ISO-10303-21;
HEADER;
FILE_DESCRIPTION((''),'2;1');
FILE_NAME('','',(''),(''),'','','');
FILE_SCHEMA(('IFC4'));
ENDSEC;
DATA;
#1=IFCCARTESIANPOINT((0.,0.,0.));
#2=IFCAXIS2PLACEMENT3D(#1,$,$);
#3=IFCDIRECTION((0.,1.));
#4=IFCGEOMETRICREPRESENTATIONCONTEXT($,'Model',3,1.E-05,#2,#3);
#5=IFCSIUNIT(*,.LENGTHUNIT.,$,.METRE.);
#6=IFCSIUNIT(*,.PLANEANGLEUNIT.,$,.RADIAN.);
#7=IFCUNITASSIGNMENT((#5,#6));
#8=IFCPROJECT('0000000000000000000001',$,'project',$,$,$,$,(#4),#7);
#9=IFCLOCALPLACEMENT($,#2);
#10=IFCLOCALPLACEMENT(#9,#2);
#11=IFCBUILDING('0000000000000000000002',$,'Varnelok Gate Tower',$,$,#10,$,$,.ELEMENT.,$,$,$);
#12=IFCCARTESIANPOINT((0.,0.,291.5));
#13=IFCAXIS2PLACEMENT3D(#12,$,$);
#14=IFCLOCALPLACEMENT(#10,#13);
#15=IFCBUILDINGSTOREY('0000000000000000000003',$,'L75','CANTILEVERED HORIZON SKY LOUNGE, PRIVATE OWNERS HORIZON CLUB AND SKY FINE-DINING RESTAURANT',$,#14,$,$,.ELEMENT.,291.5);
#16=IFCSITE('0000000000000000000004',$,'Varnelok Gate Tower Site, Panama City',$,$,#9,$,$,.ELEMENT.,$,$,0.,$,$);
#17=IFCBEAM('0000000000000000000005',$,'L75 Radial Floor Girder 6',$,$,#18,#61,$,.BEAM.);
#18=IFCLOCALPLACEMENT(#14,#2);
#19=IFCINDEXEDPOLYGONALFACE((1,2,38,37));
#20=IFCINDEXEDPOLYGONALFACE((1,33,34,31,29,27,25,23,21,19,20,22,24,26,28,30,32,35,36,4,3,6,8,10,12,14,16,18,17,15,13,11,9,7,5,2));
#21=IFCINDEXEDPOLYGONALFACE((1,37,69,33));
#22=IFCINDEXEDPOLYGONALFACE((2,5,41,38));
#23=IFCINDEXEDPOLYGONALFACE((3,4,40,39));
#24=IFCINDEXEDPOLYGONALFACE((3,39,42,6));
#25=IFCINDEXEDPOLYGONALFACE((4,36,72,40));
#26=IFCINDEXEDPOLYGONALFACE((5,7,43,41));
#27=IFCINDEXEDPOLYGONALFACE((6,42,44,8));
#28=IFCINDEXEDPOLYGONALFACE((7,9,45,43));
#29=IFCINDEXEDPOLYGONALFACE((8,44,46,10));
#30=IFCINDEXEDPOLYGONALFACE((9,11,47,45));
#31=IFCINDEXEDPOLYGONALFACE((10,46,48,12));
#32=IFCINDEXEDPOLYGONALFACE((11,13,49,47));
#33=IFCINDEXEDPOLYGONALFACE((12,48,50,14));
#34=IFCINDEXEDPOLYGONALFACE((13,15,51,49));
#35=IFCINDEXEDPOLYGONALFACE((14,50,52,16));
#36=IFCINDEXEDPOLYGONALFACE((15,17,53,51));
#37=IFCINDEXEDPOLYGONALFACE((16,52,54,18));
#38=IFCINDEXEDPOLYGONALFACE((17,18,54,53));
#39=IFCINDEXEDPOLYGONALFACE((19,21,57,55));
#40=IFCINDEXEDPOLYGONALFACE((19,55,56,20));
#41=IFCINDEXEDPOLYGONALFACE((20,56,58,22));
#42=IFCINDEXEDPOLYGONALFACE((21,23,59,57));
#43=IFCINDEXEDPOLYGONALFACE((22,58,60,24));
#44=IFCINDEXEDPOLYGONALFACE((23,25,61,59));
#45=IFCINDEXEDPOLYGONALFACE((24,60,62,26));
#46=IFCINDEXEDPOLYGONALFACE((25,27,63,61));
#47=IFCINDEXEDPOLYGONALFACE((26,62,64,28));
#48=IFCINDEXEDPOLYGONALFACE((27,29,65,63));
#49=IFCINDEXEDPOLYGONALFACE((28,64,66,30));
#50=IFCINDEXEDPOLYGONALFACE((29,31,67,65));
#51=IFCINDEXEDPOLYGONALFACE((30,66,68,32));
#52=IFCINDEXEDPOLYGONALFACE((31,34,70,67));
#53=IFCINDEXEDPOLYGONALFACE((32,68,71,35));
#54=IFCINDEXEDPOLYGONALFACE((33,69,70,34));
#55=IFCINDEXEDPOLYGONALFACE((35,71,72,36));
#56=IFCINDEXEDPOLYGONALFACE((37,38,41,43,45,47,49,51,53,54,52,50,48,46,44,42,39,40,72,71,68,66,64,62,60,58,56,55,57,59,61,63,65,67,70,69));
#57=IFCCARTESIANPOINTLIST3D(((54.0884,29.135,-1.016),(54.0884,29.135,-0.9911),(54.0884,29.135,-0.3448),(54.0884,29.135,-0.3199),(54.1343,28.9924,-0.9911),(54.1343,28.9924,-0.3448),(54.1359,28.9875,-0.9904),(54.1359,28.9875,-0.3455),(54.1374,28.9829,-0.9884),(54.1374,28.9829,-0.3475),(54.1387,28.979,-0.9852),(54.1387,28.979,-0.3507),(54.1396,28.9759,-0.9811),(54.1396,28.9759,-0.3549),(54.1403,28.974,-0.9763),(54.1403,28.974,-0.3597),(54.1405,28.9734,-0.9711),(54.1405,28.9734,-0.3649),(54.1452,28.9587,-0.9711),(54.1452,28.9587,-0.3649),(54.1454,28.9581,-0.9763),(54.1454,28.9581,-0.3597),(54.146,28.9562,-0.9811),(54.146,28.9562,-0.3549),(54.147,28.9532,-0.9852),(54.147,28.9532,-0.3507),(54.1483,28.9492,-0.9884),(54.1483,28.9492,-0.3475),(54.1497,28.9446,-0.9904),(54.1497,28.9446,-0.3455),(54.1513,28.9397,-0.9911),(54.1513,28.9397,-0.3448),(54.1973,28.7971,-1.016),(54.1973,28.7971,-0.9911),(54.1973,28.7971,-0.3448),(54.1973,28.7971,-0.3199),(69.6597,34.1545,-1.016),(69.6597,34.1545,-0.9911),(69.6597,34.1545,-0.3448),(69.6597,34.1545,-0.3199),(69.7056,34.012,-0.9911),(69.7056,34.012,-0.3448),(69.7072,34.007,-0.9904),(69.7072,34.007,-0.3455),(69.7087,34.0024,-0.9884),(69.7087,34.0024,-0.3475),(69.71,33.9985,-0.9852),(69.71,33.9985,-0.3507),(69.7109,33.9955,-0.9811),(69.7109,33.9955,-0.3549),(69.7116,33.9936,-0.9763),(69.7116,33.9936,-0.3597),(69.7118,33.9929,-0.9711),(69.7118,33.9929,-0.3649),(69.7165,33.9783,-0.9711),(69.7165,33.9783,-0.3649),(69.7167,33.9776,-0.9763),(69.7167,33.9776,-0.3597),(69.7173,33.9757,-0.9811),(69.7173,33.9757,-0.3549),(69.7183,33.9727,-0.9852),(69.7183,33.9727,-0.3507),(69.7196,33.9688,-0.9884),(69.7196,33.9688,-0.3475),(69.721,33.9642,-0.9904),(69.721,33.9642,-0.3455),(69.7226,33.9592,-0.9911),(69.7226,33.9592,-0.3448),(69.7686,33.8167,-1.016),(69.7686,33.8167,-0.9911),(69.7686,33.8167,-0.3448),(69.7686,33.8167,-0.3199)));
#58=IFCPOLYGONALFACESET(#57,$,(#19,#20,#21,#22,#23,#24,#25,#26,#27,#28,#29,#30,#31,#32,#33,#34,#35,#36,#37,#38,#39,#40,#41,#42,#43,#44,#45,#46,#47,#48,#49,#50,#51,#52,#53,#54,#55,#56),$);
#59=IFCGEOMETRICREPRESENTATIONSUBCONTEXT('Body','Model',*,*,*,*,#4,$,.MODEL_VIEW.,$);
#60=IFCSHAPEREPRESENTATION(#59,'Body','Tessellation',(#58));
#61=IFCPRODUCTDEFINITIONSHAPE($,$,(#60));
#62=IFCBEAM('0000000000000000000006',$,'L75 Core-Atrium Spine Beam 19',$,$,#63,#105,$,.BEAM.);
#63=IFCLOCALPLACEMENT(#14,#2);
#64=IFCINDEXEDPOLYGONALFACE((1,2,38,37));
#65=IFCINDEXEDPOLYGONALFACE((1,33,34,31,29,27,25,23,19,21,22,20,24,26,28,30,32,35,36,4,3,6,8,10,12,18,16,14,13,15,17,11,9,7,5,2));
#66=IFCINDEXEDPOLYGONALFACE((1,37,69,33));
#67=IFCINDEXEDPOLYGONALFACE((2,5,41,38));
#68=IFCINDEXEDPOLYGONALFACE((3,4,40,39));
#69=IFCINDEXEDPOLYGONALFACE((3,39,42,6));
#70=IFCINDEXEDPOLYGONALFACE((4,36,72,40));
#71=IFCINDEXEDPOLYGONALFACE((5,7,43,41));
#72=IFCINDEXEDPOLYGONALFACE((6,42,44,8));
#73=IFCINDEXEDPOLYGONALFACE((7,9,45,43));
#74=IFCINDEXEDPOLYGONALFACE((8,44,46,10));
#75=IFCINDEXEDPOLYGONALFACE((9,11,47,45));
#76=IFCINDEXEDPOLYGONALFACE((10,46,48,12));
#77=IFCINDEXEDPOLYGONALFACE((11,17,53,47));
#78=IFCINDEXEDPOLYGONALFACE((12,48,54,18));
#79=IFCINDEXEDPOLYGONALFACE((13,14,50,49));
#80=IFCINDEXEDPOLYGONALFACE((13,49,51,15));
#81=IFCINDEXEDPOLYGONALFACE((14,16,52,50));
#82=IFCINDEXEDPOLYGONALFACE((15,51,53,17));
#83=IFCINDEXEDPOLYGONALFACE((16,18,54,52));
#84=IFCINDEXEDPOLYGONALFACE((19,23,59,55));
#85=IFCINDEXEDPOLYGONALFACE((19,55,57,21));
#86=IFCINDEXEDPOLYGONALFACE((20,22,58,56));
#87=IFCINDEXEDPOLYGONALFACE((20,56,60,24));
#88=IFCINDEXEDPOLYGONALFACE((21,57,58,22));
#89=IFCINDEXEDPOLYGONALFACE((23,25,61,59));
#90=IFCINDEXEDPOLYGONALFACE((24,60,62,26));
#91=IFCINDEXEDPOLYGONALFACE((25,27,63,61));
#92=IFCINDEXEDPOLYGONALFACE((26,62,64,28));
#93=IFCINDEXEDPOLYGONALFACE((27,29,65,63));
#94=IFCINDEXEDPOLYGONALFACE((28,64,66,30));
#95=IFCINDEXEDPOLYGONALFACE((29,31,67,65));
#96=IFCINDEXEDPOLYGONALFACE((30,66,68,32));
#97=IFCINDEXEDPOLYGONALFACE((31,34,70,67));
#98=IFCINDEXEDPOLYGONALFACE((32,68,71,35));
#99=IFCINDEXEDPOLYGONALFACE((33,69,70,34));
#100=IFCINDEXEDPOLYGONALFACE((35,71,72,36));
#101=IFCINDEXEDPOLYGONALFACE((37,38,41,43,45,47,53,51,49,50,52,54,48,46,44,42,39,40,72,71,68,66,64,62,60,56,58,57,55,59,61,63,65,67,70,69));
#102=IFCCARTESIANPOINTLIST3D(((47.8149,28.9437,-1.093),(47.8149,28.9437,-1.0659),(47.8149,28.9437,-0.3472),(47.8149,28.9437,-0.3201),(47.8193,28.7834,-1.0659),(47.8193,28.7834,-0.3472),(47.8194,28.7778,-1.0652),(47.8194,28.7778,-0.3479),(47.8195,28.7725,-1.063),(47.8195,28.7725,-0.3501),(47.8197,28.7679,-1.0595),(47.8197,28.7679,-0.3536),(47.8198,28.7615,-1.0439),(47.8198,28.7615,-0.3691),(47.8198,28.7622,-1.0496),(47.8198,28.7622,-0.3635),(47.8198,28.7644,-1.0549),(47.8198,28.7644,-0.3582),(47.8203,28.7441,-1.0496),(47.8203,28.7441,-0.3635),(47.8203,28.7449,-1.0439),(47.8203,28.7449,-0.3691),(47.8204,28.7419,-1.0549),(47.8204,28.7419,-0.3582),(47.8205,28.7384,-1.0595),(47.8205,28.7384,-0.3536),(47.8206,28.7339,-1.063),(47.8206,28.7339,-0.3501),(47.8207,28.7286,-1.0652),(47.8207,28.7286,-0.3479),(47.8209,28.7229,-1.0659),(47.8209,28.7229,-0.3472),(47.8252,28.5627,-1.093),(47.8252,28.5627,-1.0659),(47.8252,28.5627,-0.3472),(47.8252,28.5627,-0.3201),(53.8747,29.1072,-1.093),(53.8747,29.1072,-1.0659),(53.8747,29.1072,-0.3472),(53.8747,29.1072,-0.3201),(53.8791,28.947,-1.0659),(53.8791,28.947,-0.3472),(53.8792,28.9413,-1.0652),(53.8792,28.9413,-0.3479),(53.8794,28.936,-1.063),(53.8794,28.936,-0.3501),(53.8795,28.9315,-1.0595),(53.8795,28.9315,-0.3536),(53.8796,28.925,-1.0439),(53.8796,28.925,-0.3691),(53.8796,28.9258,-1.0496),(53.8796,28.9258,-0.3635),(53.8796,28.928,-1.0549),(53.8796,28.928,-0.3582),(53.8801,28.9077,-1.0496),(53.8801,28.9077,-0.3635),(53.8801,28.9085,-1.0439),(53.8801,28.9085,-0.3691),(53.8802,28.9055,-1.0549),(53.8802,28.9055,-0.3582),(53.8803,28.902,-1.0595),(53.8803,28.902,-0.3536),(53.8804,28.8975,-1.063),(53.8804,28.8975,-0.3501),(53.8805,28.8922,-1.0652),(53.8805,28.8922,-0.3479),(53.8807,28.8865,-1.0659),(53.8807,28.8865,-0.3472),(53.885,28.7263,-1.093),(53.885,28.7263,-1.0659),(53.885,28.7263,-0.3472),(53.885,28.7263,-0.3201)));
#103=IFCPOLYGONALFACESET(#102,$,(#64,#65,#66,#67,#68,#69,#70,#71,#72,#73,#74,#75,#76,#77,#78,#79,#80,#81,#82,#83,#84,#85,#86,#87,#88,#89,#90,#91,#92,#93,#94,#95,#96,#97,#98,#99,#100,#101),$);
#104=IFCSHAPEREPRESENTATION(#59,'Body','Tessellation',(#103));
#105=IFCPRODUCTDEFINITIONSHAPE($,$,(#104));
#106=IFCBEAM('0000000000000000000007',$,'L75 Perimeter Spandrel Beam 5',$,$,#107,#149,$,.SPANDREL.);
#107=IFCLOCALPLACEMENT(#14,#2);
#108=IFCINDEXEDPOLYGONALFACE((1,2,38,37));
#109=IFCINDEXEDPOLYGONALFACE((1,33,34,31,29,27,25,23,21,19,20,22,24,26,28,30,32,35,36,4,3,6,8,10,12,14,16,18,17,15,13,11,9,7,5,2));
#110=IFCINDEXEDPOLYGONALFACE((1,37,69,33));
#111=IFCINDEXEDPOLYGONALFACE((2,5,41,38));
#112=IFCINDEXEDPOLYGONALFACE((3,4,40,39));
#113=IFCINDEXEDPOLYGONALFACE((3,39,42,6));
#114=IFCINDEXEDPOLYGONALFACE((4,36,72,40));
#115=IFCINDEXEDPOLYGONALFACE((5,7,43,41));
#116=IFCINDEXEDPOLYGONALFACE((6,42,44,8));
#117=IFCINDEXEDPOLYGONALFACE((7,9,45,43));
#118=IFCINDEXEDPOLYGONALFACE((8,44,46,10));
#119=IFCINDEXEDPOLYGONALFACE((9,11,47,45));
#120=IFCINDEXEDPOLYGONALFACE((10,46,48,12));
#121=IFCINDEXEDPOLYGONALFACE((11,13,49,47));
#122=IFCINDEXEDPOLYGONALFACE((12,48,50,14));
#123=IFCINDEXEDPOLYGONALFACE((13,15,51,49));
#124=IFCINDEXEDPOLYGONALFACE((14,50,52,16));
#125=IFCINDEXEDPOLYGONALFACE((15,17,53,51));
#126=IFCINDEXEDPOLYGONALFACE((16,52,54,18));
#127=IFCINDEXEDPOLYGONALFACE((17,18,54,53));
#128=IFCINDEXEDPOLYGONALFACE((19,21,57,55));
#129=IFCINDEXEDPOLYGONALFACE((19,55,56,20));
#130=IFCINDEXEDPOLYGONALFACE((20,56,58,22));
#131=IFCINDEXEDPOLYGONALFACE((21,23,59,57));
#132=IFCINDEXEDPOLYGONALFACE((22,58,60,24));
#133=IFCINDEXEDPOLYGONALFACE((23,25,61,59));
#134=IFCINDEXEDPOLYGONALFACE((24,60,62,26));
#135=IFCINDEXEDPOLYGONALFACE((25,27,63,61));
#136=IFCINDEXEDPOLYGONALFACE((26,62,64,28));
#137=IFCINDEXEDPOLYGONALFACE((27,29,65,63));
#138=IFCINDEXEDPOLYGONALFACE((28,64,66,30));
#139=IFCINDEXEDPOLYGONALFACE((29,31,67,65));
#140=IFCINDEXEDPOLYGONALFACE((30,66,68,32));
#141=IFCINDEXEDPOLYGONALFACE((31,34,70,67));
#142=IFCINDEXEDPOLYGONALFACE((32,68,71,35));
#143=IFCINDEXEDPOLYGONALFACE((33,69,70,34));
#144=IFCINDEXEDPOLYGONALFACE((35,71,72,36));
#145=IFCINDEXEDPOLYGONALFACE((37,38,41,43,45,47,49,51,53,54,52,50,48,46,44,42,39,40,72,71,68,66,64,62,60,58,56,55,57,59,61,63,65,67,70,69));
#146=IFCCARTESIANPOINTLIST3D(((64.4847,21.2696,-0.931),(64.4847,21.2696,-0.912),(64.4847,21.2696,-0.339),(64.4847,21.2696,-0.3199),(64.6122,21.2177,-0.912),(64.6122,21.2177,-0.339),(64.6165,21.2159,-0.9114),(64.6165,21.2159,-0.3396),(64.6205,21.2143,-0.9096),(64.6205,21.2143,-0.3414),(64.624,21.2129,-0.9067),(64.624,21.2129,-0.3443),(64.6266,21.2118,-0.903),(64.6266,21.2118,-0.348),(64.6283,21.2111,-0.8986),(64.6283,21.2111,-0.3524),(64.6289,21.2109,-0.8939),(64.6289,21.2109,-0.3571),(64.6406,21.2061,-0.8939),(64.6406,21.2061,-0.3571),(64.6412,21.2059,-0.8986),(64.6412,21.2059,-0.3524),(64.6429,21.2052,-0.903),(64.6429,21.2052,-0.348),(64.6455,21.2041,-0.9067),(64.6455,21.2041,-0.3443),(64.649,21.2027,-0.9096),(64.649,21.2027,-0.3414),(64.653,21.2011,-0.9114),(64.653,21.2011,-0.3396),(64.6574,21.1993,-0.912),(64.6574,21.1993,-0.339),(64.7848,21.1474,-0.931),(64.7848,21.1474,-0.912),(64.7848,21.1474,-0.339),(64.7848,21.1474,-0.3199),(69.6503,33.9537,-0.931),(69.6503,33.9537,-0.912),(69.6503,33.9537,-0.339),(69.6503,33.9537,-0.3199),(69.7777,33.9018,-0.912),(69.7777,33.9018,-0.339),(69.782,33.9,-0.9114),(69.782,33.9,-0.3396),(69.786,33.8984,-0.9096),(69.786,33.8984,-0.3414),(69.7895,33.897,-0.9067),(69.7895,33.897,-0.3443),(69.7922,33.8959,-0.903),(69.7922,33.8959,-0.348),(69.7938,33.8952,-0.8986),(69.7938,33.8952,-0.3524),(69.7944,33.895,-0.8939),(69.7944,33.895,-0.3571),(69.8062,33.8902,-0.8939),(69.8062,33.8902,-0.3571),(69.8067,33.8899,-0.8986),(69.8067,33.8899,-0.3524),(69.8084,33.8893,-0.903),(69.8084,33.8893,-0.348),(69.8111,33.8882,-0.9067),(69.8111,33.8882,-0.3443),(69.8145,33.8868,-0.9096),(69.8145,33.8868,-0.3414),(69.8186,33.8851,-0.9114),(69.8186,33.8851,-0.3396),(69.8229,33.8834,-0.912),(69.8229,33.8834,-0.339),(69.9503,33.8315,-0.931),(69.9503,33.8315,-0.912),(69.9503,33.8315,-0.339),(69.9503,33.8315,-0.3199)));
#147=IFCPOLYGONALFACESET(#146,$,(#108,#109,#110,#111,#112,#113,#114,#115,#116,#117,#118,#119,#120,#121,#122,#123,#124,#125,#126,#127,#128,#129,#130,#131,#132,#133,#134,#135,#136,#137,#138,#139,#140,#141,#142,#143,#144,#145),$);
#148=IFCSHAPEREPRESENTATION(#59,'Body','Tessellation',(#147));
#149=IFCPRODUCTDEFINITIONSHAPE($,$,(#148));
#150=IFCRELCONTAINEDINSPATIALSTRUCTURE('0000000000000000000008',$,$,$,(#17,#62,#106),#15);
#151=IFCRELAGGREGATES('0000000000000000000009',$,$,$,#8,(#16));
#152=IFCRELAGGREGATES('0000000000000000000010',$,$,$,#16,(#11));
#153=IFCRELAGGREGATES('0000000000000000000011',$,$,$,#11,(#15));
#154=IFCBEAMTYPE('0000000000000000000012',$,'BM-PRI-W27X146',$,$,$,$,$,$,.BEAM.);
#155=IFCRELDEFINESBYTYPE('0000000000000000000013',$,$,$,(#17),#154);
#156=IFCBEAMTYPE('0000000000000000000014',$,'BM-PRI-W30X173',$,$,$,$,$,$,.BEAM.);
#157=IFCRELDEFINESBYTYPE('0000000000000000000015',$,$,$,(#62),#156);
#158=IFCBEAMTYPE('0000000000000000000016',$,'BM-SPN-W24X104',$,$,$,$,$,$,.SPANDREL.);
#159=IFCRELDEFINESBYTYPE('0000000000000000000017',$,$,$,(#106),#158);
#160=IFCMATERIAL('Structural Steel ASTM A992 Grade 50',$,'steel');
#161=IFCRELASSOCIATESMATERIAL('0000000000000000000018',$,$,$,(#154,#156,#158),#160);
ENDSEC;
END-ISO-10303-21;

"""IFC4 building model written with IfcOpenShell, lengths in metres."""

from ifc_helpers import new_model, si_unit, direction, frame, origin, origin_2d, place, context, subcontext, project, spatial, i_section, extrude, material, material_profile, profile_set, type_object, element, save


model = new_model("IFC4")

# Units and contexts
model_context = context("Model", 3, precision=1e-05, world=origin(), true_north=direction((0.0, 1.0)))
body_context = subcontext(model_context, "Body", "Model", "MODEL_VIEW")
ifc_project = project(units=[si_unit("LENGTHUNIT", "METRE"), si_unit("PLANEANGLEUNIT", "RADIAN")], contexts=[model_context])

# Site, building, storey
site_placement = place(None, origin())
site = spatial("IfcSite", under=ifc_project, at=site_placement, Name="Varnelok Gate Tower Site, Panama City", CompositionType="ELEMENT", RefElevation=0.0)
building_placement = place(site_placement, origin())
building = spatial("IfcBuilding", under=site, at=building_placement, Name="Varnelok Gate Tower", CompositionType="ELEMENT")
storey_placement = place(building_placement, frame((0.0, 0.0, 291.5)))
storey = spatial("IfcBuildingStorey", under=building, at=storey_placement, Name="L75", Description="CANTILEVERED HORIZON SKY LOUNGE, PRIVATE OWNERS HORIZON CLUB AND SKY FINE-DINING RESTAURANT", CompositionType="ELEMENT", Elevation=291.5)

# Shared definitions
ifc_material_1 = material(Name="Structural Steel ASTM A992 Grade 50", Category="steel")

# Beams
ifc_material_profile_1 = material_profile(ifc_material_1, i_section(OverallWidth=0.355, OverallDepth=0.696, WebThickness=0.0154, FlangeThickness=0.0249, FilletRadius=0.02, at=origin_2d()), Name="W27X146")
ifc_profile_set_1 = profile_set([ifc_material_profile_1], Name="Structural Steel ASTM A992 Grade 50")
beam_type_1 = type_object("IfcBeamType", Name="BM-PRI-W27X146", PredefinedType="BEAM", material=ifc_profile_set_1)
beam_1_placement = place(storey_placement, frame((54.1428, 28.9661, -0.668), z_axis=(0.95177, 0.306811, 0.0), x_axis=(-0.306811, 0.95177, 0.0)))
element("IfcBeam", 1, at=beam_1_placement, inside=storey, type_object=beam_type_1, Name="L75 Radial Floor Girder 6", PredefinedType="BEAM", context=body_context, shape_type="SweptSolid", body=[
    extrude(i_section(OverallWidth=0.355, OverallDepth=0.696, WebThickness=0.0154, FlangeThickness=0.0249, FilletRadius=0.02, at=origin_2d()), origin(), (0.0, 0.0, 1.0), 16.3604),
])
ifc_material_profile_2 = material_profile(ifc_material_1, i_section(OverallWidth=0.3811, OverallDepth=0.7729, WebThickness=0.0166, FlangeThickness=0.0271, FilletRadius=0.022, at=origin_2d()), Name="W30X173")
ifc_profile_set_2 = profile_set([ifc_material_profile_2], Name="Structural Steel ASTM A992 Grade 50")
beam_type_2 = type_object("IfcBeamType", Name="BM-PRI-W30X173", PredefinedType="BEAM", material=ifc_profile_set_2)
beam_2_placement = place(storey_placement, frame((47.8201, 28.7532, -0.7065), z_axis=(0.999636, 0.026983, 0.0), x_axis=(-0.026983, 0.999636, 0.0)))
element("IfcBeam", 2, at=beam_2_placement, inside=storey, type_object=beam_type_2, Name="L75 Core-Atrium Spine Beam 19", PredefinedType="BEAM", context=body_context, shape_type="SweptSolid", body=[
    extrude(i_section(OverallWidth=0.3811, OverallDepth=0.7729, WebThickness=0.0166, FlangeThickness=0.0271, FilletRadius=0.022, at=origin_2d()), origin(), (0.0, 0.0, 1.0), 6.062),
])
ifc_material_profile_3 = material_profile(ifc_material_1, i_section(OverallWidth=0.324, OverallDepth=0.6111, WebThickness=0.0127, FlangeThickness=0.019, FilletRadius=0.0181, at=origin_2d()), Name="W24X104")
ifc_profile_set_3 = profile_set([ifc_material_profile_3], Name="Structural Steel ASTM A992 Grade 50")
beam_type_3 = type_object("IfcBeamType", Name="BM-SPN-W24X104", PredefinedType="SPANDREL", material=ifc_profile_set_3)
beam_3_placement = place(storey_placement, frame((64.6348, 21.2085, -0.6255), z_axis=(0.377168, 0.926145, 0.0), x_axis=(-0.926145, 0.377168, 0.0)))
element("IfcBeam", 3, at=beam_3_placement, inside=storey, type_object=beam_type_3, Name="L75 Perimeter Spandrel Beam 5", PredefinedType="SPANDREL", context=body_context, shape_type="SweptSolid", body=[
    extrude(i_section(OverallWidth=0.324, OverallDepth=0.6111, WebThickness=0.0127, FlangeThickness=0.019, FilletRadius=0.0181, at=origin_2d()), origin(), (0.0, 0.0, 1.0), 13.6956),
])

save(model, "model.ifc")
